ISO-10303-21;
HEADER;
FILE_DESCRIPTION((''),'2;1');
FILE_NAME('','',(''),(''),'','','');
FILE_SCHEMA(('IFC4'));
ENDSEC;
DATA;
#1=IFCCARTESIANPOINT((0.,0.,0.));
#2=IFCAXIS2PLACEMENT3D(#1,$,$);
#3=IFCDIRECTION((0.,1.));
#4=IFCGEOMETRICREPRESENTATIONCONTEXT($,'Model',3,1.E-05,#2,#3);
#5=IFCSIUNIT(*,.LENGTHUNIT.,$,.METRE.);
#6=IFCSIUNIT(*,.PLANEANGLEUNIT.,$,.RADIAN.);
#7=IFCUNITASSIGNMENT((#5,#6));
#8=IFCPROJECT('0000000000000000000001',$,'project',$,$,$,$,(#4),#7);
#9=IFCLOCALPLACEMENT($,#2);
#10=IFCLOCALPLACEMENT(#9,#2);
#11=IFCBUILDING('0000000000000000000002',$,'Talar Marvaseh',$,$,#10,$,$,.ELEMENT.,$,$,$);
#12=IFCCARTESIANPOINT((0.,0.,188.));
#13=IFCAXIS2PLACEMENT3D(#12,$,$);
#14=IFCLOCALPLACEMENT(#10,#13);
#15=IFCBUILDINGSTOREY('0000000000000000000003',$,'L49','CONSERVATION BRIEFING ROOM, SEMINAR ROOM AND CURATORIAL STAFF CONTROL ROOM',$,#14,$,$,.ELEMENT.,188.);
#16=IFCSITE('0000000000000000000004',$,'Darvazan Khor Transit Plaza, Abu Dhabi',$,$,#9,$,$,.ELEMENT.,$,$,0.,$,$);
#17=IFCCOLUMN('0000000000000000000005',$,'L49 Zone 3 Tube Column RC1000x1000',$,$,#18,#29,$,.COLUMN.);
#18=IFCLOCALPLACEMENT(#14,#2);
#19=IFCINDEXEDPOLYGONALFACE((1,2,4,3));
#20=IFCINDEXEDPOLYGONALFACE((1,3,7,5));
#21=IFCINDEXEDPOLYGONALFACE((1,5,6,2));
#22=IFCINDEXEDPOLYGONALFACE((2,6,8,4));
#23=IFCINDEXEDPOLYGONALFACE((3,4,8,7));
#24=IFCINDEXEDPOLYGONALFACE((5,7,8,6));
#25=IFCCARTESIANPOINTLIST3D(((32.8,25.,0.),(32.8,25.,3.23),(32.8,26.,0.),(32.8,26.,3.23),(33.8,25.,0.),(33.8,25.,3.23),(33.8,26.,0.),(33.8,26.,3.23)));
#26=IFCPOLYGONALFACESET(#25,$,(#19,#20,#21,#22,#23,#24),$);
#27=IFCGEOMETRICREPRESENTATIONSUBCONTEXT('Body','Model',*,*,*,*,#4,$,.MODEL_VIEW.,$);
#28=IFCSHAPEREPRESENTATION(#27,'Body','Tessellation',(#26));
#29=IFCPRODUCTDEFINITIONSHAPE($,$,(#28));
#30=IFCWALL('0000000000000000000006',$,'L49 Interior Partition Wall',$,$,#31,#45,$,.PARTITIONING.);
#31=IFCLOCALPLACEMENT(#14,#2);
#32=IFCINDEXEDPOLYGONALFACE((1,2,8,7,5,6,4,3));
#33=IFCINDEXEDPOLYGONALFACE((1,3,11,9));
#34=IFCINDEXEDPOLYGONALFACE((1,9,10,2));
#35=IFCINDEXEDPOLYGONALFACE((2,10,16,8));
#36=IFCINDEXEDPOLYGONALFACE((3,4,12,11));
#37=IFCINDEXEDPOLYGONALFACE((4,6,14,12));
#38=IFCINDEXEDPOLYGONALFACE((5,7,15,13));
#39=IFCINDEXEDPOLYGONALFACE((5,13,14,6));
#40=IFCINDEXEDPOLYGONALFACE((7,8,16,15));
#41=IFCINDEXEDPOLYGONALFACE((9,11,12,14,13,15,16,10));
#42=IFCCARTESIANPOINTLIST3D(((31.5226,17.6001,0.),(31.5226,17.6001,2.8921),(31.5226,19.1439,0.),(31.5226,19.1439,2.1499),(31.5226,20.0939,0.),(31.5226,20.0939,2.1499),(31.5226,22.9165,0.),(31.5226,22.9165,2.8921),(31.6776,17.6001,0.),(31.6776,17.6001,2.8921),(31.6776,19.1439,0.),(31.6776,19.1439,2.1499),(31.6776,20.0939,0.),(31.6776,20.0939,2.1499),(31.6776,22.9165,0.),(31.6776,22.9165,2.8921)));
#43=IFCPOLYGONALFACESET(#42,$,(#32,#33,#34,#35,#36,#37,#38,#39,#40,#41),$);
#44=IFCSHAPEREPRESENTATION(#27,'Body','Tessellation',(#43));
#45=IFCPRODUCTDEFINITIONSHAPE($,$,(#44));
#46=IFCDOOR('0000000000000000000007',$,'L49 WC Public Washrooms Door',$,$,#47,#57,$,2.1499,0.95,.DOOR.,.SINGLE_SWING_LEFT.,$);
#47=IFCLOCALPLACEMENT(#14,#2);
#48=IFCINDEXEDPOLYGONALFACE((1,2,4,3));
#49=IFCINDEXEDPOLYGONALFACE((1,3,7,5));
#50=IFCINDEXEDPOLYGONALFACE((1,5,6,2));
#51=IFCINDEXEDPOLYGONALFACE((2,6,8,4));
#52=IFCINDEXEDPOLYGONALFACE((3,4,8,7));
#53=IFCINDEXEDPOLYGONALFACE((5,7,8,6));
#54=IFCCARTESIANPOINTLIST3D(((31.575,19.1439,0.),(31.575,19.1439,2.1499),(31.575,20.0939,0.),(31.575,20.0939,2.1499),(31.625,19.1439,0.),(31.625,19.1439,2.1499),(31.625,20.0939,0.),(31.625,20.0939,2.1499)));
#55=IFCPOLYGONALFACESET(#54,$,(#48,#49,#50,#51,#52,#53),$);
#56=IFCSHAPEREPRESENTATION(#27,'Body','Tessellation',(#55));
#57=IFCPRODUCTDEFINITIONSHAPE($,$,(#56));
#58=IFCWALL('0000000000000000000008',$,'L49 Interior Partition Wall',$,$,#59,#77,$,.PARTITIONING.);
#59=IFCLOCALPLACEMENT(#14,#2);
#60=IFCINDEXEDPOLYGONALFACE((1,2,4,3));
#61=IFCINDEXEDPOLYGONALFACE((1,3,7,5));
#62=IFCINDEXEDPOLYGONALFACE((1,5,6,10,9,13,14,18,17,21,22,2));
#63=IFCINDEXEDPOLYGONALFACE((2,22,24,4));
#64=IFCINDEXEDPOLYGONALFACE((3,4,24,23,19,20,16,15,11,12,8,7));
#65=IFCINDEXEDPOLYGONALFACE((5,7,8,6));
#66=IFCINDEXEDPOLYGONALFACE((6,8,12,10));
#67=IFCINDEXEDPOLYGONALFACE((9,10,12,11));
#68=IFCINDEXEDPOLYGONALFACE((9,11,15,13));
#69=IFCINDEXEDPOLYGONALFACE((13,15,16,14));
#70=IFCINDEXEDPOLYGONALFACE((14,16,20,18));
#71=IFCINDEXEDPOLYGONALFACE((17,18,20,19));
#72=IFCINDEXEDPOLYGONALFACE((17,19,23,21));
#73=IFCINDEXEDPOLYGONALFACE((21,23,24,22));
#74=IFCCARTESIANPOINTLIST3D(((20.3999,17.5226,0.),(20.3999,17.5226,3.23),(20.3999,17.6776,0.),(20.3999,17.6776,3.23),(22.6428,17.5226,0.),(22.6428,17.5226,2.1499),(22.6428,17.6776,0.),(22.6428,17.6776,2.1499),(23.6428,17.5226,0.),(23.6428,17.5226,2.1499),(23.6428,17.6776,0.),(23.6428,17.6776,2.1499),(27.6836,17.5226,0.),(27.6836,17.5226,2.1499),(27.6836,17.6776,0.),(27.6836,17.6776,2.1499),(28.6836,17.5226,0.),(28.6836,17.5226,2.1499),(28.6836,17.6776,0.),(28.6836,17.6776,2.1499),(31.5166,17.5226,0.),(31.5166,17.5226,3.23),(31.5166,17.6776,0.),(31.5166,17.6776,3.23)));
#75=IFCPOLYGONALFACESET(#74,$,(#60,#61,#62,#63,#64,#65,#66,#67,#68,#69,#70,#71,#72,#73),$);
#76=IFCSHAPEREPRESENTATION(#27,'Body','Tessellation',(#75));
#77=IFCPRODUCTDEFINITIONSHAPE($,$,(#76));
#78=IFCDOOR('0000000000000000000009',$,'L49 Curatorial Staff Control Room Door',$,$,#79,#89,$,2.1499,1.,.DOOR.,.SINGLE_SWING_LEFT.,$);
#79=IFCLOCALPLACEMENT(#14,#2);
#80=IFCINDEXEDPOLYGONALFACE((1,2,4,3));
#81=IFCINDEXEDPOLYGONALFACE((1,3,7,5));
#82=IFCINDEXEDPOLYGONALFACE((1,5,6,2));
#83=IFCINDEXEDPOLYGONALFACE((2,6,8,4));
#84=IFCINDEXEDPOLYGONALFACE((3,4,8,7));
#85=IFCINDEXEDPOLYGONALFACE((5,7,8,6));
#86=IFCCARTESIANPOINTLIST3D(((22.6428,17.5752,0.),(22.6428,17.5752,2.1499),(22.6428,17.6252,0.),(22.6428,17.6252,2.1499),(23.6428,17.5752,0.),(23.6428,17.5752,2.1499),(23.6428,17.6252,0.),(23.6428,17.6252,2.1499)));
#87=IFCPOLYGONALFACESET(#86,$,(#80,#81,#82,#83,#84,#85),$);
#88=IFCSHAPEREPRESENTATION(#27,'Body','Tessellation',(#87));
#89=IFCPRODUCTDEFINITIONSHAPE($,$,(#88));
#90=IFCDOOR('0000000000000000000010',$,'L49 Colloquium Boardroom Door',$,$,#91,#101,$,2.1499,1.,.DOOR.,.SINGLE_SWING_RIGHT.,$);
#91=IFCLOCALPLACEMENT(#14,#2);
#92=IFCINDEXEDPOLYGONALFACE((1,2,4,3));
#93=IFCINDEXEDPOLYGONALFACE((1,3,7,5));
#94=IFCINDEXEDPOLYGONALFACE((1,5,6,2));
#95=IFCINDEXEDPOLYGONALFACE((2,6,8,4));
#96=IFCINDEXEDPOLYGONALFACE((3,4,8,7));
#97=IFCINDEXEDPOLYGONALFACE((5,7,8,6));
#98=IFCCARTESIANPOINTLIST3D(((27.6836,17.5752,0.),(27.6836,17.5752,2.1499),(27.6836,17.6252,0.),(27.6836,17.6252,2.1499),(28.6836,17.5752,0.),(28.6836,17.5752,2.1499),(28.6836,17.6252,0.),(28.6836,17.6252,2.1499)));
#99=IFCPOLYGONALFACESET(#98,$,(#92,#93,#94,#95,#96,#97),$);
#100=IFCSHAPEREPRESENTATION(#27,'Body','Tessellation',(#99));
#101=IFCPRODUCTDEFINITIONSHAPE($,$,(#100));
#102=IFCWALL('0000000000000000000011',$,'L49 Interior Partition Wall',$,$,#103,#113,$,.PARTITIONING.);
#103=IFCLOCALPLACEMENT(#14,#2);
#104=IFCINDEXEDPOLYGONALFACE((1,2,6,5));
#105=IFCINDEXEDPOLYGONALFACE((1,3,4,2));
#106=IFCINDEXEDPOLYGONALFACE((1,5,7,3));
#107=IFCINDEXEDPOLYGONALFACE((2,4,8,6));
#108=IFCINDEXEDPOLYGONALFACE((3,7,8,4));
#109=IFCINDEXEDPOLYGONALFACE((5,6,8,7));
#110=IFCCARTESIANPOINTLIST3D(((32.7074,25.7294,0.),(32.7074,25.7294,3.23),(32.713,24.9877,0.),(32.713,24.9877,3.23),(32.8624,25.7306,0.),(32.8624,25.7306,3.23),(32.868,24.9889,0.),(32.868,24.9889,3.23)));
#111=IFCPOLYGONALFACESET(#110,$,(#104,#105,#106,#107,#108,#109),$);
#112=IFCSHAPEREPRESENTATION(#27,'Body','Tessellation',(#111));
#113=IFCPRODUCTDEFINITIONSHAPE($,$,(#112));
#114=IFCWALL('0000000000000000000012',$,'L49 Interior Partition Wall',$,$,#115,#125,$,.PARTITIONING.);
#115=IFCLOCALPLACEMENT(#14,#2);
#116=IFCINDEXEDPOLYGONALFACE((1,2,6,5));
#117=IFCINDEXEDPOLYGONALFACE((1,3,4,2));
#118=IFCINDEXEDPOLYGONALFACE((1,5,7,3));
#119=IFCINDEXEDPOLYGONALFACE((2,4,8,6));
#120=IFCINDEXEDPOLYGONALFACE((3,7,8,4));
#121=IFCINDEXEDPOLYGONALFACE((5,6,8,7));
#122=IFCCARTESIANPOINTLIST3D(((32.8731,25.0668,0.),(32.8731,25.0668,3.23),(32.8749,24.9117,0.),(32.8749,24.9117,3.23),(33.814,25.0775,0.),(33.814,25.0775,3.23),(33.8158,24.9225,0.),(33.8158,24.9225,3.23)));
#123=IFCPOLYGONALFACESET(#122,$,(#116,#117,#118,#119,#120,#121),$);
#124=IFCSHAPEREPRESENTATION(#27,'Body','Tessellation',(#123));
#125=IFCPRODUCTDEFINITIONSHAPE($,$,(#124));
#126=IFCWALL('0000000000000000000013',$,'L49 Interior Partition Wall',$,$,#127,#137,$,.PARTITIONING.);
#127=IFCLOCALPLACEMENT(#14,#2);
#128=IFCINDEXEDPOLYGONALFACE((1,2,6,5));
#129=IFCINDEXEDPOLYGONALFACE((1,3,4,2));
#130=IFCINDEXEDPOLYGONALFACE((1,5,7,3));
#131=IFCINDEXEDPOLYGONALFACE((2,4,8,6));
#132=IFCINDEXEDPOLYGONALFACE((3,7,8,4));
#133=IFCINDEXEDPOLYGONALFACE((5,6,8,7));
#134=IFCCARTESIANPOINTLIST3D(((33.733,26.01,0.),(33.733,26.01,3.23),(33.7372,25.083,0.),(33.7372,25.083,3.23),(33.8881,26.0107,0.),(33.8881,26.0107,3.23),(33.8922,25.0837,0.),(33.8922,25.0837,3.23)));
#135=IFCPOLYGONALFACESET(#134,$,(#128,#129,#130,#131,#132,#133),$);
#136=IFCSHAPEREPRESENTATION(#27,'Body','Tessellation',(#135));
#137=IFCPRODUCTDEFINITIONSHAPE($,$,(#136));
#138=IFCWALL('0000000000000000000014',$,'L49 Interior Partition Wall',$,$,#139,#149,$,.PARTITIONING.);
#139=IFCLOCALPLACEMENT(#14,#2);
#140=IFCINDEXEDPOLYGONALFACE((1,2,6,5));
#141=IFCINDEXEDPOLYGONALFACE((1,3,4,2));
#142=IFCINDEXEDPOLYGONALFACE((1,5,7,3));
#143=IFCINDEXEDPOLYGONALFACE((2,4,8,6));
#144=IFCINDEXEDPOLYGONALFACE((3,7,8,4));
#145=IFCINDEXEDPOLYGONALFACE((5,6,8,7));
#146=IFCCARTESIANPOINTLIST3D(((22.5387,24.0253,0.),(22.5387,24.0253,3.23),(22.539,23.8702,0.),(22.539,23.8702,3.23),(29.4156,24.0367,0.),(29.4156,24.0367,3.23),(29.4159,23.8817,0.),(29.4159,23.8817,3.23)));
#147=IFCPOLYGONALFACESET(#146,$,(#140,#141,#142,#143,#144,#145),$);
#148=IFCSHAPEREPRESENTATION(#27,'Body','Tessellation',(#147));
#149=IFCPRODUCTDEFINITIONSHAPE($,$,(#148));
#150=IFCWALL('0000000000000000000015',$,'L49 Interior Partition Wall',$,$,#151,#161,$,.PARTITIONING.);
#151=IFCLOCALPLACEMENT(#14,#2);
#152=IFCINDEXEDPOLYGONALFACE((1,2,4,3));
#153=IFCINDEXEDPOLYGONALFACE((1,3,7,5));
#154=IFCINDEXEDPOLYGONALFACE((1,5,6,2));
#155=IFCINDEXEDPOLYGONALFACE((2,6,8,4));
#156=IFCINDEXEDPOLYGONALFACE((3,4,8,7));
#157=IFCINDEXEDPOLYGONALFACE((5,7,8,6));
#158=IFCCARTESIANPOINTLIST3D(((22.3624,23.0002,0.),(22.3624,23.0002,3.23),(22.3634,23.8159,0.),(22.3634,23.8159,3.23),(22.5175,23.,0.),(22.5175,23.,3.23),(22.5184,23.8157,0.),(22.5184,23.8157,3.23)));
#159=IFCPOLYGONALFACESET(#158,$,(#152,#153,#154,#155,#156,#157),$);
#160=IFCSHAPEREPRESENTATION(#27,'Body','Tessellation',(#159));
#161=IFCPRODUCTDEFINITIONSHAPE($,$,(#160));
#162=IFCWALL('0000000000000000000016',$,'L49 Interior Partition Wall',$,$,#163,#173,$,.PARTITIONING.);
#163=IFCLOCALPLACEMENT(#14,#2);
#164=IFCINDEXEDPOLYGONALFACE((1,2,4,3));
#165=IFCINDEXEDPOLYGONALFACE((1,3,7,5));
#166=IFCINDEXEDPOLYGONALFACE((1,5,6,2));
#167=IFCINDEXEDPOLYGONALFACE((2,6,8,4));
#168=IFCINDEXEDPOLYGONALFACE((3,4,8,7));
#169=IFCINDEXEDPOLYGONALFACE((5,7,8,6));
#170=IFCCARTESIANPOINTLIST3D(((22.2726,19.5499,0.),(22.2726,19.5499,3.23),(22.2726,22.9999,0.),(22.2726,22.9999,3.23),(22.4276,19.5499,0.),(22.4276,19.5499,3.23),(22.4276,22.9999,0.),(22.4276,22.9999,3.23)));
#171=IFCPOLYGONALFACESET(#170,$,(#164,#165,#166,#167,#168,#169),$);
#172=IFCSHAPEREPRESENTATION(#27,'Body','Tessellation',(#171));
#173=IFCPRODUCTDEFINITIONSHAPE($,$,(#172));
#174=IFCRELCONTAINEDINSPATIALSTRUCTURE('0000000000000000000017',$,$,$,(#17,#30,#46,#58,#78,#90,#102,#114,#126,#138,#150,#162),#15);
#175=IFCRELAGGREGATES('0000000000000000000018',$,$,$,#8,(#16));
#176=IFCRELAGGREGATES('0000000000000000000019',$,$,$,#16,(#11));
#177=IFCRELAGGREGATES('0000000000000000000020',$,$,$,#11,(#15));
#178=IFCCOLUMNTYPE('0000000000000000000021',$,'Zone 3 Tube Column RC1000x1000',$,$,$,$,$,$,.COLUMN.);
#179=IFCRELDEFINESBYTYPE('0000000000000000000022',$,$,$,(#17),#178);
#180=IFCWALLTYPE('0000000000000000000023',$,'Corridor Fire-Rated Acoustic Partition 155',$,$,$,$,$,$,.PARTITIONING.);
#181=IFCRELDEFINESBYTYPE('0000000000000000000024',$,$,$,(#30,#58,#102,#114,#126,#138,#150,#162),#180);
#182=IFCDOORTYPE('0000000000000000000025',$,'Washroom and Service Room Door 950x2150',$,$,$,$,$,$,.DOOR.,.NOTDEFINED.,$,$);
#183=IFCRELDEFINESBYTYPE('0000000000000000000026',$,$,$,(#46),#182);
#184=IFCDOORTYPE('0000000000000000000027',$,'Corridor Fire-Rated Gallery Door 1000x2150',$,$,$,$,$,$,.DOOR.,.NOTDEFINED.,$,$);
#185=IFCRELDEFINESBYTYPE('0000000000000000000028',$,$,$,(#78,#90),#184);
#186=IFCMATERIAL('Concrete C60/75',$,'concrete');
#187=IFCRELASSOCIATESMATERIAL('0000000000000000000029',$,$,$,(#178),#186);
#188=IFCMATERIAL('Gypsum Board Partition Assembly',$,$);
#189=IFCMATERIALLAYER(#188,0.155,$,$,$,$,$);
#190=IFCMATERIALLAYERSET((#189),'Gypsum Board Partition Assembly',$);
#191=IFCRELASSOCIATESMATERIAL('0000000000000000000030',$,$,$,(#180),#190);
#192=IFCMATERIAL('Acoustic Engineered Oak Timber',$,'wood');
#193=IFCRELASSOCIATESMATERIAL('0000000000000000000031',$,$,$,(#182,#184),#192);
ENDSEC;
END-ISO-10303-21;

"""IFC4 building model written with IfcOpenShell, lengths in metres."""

from ifc_helpers import new_model, si_unit, direction, frame, frame_2d, origin, origin_2d, place, context, subcontext, project, spatial, rectangle, extrude, source, transform, mapped, material, layer, layer_set, material_profile, profile_set, type_object, type_shapes, element, fill, save


model = new_model("IFC4")

# Units and contexts
model_context = context("Model", 3, precision=1e-05, world=origin(), true_north=direction((0.0, 1.0)))
body_context = subcontext(model_context, "Body", "Model", "MODEL_VIEW")
ifc_project = project(units=[si_unit("LENGTHUNIT", "METRE"), si_unit("PLANEANGLEUNIT", "RADIAN")], contexts=[model_context])

# Site, building, storey
site_placement = place(None, origin())
site = spatial("IfcSite", under=ifc_project, at=site_placement, Name="Darvazan Khor Transit Plaza, Abu Dhabi", CompositionType="ELEMENT", RefElevation=0.0)
building_placement = place(site_placement, origin())
building = spatial("IfcBuilding", under=site, at=building_placement, Name="Talar Marvaseh", CompositionType="ELEMENT")
storey_placement = place(building_placement, frame((0.0, 0.0, 188.0)))
storey = spatial("IfcBuildingStorey", under=building, at=storey_placement, Name="L49", Description="CONSERVATION BRIEFING ROOM, SEMINAR ROOM AND CURATORIAL STAFF CONTROL ROOM", CompositionType="ELEMENT", Elevation=188.0)

# Column
ifc_material_1 = material(Name="Concrete C60/75", Category="concrete")
ifc_material_profile = material_profile(ifc_material_1, rectangle(XDim=1.0, YDim=1.0, at=origin_2d()), Name="RC1000x1000")
ifc_profile_set = profile_set([ifc_material_profile], Name="Concrete C60/75")
column_type = type_object("IfcColumnType", Name="Zone 3 Tube Column RC1000x1000", PredefinedType="COLUMN", material=ifc_profile_set)
column_placement = place(storey_placement, frame((33.3, 25.5, 0.0), z_axis=(0.0, 0.0, 1.0), x_axis=(1.0, 0.0, 0.0)))
element("IfcColumn", 1, at=column_placement, inside=storey, type_object=column_type, Name="L49 Zone 3 Tube Column RC1000x1000", PredefinedType="COLUMN", context=body_context, shape_type="SweptSolid", body=[
    extrude(rectangle(XDim=1.0, YDim=1.0, at=origin_2d()), origin(), (0.0, 0.0, 1.0), 3.23),
])

# Wall, opening, door
ifc_material_2 = material(Name="Gypsum Board Partition Assembly")
ifc_layer_1 = layer(ifc_material_2, 0.155)
ifc_layer_set_1 = layer_set([ifc_layer_1], Name="Gypsum Board Partition Assembly")
wall_type_1 = type_object("IfcWallType", Name="Corridor Fire-Rated Acoustic Partition 155", PredefinedType="PARTITIONING", material=ifc_layer_set_1)
wall_1_placement = place(storey_placement, frame((31.6001, 22.9165, 0.0), z_axis=(0.0, 0.0, 1.0), x_axis=(0.0, -1.0, 0.0)))
wall_1 = element("IfcWall", 2, at=wall_1_placement, inside=storey, type_object=wall_type_1, Name="L49 Interior Partition Wall", PredefinedType="PARTITIONING", context=body_context, shape_type="SweptSolid", body=[
    extrude(rectangle(XDim=5.3164, YDim=0.155, at=frame_2d((2.6582, 0.0))), origin(), (0.0, 0.0, 1.0), 2.8921),
])
opening_1_placement = place(wall_1_placement, frame((2.8225, 0.0, 0.0)))
opening_1 = element("IfcOpeningElement", 3, at=opening_1_placement, cuts=wall_1, PredefinedType="OPENING", context=body_context, shape_type="SweptSolid", body=[
    extrude(rectangle(XDim=0.95, YDim=2.1499, at=frame_2d((0.4751, 1.075))), frame((0.0, 0.0874, 0.0), z_axis=(0.0, -1.0, 0.0), x_axis=(1.0, 0.0, 0.0)), (0.0, 0.0, 1.0), 0.175),
])
ifc_material_3 = material(Name="Acoustic Engineered Oak Timber", Category="wood")
door_type_1 = type_object("IfcDoorType", Name="Washroom and Service Room Door 950x2150", OperationType="NOTDEFINED", PredefinedType="DOOR", material=ifc_material_3)
shared_shape_1 = source(origin(), body_context, "Body", "SweptSolid", [
    extrude(rectangle(XDim=0.95, YDim=2.1499, at=frame_2d((0.4751, 1.075))), frame((0.0, 0.0249, 0.0), z_axis=(0.0, -1.0, 0.0), x_axis=(1.0, 0.0, 0.0)), (0.0, 0.0, 1.0), 0.05),
])
type_shapes(door_type_1, [shared_shape_1])
door_1_placement = place(opening_1_placement, origin())
door_1 = element("IfcDoor", 4, at=door_1_placement, inside=storey, type_object=door_type_1, Name="L49 WC Public Washrooms Door", OperationType="SINGLE_SWING_LEFT", OverallHeight=2.1499, OverallWidth=0.95, PredefinedType="DOOR", context=body_context, shape_type="MappedRepresentation", body=[
    mapped(shared_shape_1, transform((0.0, 0.0, 0.0), x_axis=(1.0, 0.0, 0.0), y_axis=(0.0, 1.0, 0.0), z_axis=(0.0, 0.0, 1.0), scale=1.0)),
])
fill(opening_1, door_1)

# Wall, openings, doors
wall_2_placement = place(storey_placement, frame((31.5166, 17.6001, 0.0), z_axis=(0.0, 0.0, 1.0), x_axis=(-1.0, 0.0, 0.0)))
wall_2 = element("IfcWall", 5, at=wall_2_placement, inside=storey, type_object=wall_type_1, Name="L49 Interior Partition Wall", PredefinedType="PARTITIONING", context=body_context, shape_type="SweptSolid", body=[
    extrude(rectangle(XDim=11.1167, YDim=0.155, at=frame_2d((5.5583, 0.0))), origin(), (0.0, 0.0, 1.0), 3.23),
])
opening_2_placement = place(wall_2_placement, frame((7.8738, 0.0, 0.0)))
opening_2 = element("IfcOpeningElement", 6, at=opening_2_placement, cuts=wall_2, PredefinedType="OPENING", context=body_context, shape_type="SweptSolid", body=[
    extrude(rectangle(XDim=1.0, YDim=2.1499, at=frame_2d((0.5, 1.075))), frame((0.0, 0.0874, 0.0), z_axis=(0.0, -1.0, 0.0), x_axis=(1.0, 0.0, 0.0)), (0.0, 0.0, 1.0), 0.175),
])
opening_3_placement = place(wall_2_placement, frame((2.833, 0.0, 0.0)))
opening_3 = element("IfcOpeningElement", 7, at=opening_3_placement, cuts=wall_2, PredefinedType="OPENING", context=body_context, shape_type="SweptSolid", body=[
    extrude(rectangle(XDim=1.0, YDim=2.1499, at=frame_2d((0.5, 1.075))), frame((0.0, 0.0874, 0.0), z_axis=(0.0, -1.0, 0.0), x_axis=(1.0, 0.0, 0.0)), (0.0, 0.0, 1.0), 0.175),
])
door_type_2 = type_object("IfcDoorType", Name="Corridor Fire-Rated Gallery Door 1000x2150", OperationType="NOTDEFINED", PredefinedType="DOOR", material=ifc_material_3)
shared_shape_2 = source(origin(), body_context, "Body", "SweptSolid", [
    extrude(rectangle(XDim=1.0, YDim=2.1499, at=frame_2d((0.5, 1.075))), frame((0.0, 0.0249, 0.0), z_axis=(0.0, -1.0, 0.0), x_axis=(1.0, 0.0, 0.0)), (0.0, 0.0, 1.0), 0.05),
])
type_shapes(door_type_2, [shared_shape_2])
door_2_placement = place(opening_2_placement, origin())
door_2 = element("IfcDoor", 8, at=door_2_placement, inside=storey, type_object=door_type_2, Name="L49 Curatorial Staff Control Room Door", OperationType="SINGLE_SWING_LEFT", OverallHeight=2.1499, OverallWidth=1.0, PredefinedType="DOOR", context=body_context, shape_type="MappedRepresentation", body=[
    mapped(shared_shape_2, transform((0.0, 0.0, 0.0), x_axis=(1.0, 0.0, 0.0), y_axis=(0.0, 1.0, 0.0), z_axis=(0.0, 0.0, 1.0), scale=1.0)),
])
fill(opening_2, door_2)
door_3_placement = place(opening_3_placement, origin())
door_3 = element("IfcDoor", 9, at=door_3_placement, inside=storey, type_object=door_type_2, Name="L49 Colloquium Boardroom Door", OperationType="SINGLE_SWING_RIGHT", OverallHeight=2.1499, OverallWidth=1.0, PredefinedType="DOOR", context=body_context, shape_type="MappedRepresentation", body=[
    mapped(shared_shape_2, transform((0.0, 0.0, 0.0), x_axis=(1.0, 0.0, 0.0), y_axis=(0.0, 1.0, 0.0), z_axis=(0.0, 0.0, 1.0), scale=1.0)),
])
fill(opening_3, door_3)

# Walls
wall_3_placement = place(storey_placement, frame((32.7849, 25.73, 0.0), z_axis=(0.0, 0.0, 1.0), x_axis=(0.007571, -0.999971, 0.0)))
element("IfcWall", 10, at=wall_3_placement, inside=storey, type_object=wall_type_1, Name="L49 Interior Partition Wall", PredefinedType="PARTITIONING", context=body_context, shape_type="SweptSolid", body=[
    extrude(rectangle(XDim=0.7417, YDim=0.155, at=frame_2d((0.3708, 0.0))), origin(), (0.0, 0.0, 1.0), 3.23),
])
wall_4_placement = place(storey_placement, frame((32.874, 24.9893, 0.0), z_axis=(0.0, 0.0, 1.0), x_axis=(0.999935, 0.011416, 0.0)))
element("IfcWall", 11, at=wall_4_placement, inside=storey, type_object=wall_type_1, Name="L49 Interior Partition Wall", PredefinedType="PARTITIONING", context=body_context, shape_type="SweptSolid", body=[
    extrude(rectangle(XDim=0.9409, YDim=0.155, at=frame_2d((0.4705, 0.0))), origin(), (0.0, 0.0, 1.0), 3.23),
])
wall_5_placement = place(storey_placement, frame((33.8147, 25.0835, 0.0), z_axis=(0.0, 0.0, 1.0), x_axis=(-0.004477, 0.99999, 0.0)))
element("IfcWall", 12, at=wall_5_placement, inside=storey, type_object=wall_type_1, Name="L49 Interior Partition Wall", PredefinedType="PARTITIONING", context=body_context, shape_type="SweptSolid", body=[
    extrude(rectangle(XDim=0.927, YDim=0.155, at=frame_2d((0.4634, 0.0))), origin(), (0.0, 0.0, 1.0), 3.23),
])
wall_6_placement = place(storey_placement, frame((29.4158, 23.9592, 0.0), z_axis=(0.0, 0.0, 1.0), x_axis=(-0.999999, -0.001669, 0.0)))
element("IfcWall", 13, at=wall_6_placement, inside=storey, type_object=wall_type_1, Name="L49 Interior Partition Wall", PredefinedType="PARTITIONING", context=body_context, shape_type="SweptSolid", body=[
    extrude(rectangle(XDim=6.877, YDim=0.155, at=frame_2d((3.4385, 0.0))), origin(), (0.0, 0.0, 1.0), 3.23),
])
wall_7_placement = place(storey_placement, frame((22.4409, 23.8157, 0.0), z_axis=(0.0, 0.0, 1.0), x_axis=(-0.001197, -0.999999, 0.0)))
element("IfcWall", 14, at=wall_7_placement, inside=storey, type_object=wall_type_1, Name="L49 Interior Partition Wall", PredefinedType="PARTITIONING", context=body_context, shape_type="SweptSolid", body=[
    extrude(rectangle(XDim=0.8157, YDim=0.155, at=frame_2d((0.4077, 0.0))), origin(), (0.0, 0.0, 1.0), 3.23),
])
wall_8_placement = place(storey_placement, frame((22.3501, 23.0, 0.0), z_axis=(0.0, 0.0, 1.0), x_axis=(0.0, -1.0, 0.0)))
element("IfcWall", 15, at=wall_8_placement, inside=storey, type_object=wall_type_1, Name="L49 Interior Partition Wall", PredefinedType="PARTITIONING", context=body_context, shape_type="SweptSolid", body=[
    extrude(rectangle(XDim=3.45, YDim=0.155, at=frame_2d((1.7251, 0.0))), origin(), (0.0, 0.0, 1.0), 3.23),
])

save(model, "model.ifc")
